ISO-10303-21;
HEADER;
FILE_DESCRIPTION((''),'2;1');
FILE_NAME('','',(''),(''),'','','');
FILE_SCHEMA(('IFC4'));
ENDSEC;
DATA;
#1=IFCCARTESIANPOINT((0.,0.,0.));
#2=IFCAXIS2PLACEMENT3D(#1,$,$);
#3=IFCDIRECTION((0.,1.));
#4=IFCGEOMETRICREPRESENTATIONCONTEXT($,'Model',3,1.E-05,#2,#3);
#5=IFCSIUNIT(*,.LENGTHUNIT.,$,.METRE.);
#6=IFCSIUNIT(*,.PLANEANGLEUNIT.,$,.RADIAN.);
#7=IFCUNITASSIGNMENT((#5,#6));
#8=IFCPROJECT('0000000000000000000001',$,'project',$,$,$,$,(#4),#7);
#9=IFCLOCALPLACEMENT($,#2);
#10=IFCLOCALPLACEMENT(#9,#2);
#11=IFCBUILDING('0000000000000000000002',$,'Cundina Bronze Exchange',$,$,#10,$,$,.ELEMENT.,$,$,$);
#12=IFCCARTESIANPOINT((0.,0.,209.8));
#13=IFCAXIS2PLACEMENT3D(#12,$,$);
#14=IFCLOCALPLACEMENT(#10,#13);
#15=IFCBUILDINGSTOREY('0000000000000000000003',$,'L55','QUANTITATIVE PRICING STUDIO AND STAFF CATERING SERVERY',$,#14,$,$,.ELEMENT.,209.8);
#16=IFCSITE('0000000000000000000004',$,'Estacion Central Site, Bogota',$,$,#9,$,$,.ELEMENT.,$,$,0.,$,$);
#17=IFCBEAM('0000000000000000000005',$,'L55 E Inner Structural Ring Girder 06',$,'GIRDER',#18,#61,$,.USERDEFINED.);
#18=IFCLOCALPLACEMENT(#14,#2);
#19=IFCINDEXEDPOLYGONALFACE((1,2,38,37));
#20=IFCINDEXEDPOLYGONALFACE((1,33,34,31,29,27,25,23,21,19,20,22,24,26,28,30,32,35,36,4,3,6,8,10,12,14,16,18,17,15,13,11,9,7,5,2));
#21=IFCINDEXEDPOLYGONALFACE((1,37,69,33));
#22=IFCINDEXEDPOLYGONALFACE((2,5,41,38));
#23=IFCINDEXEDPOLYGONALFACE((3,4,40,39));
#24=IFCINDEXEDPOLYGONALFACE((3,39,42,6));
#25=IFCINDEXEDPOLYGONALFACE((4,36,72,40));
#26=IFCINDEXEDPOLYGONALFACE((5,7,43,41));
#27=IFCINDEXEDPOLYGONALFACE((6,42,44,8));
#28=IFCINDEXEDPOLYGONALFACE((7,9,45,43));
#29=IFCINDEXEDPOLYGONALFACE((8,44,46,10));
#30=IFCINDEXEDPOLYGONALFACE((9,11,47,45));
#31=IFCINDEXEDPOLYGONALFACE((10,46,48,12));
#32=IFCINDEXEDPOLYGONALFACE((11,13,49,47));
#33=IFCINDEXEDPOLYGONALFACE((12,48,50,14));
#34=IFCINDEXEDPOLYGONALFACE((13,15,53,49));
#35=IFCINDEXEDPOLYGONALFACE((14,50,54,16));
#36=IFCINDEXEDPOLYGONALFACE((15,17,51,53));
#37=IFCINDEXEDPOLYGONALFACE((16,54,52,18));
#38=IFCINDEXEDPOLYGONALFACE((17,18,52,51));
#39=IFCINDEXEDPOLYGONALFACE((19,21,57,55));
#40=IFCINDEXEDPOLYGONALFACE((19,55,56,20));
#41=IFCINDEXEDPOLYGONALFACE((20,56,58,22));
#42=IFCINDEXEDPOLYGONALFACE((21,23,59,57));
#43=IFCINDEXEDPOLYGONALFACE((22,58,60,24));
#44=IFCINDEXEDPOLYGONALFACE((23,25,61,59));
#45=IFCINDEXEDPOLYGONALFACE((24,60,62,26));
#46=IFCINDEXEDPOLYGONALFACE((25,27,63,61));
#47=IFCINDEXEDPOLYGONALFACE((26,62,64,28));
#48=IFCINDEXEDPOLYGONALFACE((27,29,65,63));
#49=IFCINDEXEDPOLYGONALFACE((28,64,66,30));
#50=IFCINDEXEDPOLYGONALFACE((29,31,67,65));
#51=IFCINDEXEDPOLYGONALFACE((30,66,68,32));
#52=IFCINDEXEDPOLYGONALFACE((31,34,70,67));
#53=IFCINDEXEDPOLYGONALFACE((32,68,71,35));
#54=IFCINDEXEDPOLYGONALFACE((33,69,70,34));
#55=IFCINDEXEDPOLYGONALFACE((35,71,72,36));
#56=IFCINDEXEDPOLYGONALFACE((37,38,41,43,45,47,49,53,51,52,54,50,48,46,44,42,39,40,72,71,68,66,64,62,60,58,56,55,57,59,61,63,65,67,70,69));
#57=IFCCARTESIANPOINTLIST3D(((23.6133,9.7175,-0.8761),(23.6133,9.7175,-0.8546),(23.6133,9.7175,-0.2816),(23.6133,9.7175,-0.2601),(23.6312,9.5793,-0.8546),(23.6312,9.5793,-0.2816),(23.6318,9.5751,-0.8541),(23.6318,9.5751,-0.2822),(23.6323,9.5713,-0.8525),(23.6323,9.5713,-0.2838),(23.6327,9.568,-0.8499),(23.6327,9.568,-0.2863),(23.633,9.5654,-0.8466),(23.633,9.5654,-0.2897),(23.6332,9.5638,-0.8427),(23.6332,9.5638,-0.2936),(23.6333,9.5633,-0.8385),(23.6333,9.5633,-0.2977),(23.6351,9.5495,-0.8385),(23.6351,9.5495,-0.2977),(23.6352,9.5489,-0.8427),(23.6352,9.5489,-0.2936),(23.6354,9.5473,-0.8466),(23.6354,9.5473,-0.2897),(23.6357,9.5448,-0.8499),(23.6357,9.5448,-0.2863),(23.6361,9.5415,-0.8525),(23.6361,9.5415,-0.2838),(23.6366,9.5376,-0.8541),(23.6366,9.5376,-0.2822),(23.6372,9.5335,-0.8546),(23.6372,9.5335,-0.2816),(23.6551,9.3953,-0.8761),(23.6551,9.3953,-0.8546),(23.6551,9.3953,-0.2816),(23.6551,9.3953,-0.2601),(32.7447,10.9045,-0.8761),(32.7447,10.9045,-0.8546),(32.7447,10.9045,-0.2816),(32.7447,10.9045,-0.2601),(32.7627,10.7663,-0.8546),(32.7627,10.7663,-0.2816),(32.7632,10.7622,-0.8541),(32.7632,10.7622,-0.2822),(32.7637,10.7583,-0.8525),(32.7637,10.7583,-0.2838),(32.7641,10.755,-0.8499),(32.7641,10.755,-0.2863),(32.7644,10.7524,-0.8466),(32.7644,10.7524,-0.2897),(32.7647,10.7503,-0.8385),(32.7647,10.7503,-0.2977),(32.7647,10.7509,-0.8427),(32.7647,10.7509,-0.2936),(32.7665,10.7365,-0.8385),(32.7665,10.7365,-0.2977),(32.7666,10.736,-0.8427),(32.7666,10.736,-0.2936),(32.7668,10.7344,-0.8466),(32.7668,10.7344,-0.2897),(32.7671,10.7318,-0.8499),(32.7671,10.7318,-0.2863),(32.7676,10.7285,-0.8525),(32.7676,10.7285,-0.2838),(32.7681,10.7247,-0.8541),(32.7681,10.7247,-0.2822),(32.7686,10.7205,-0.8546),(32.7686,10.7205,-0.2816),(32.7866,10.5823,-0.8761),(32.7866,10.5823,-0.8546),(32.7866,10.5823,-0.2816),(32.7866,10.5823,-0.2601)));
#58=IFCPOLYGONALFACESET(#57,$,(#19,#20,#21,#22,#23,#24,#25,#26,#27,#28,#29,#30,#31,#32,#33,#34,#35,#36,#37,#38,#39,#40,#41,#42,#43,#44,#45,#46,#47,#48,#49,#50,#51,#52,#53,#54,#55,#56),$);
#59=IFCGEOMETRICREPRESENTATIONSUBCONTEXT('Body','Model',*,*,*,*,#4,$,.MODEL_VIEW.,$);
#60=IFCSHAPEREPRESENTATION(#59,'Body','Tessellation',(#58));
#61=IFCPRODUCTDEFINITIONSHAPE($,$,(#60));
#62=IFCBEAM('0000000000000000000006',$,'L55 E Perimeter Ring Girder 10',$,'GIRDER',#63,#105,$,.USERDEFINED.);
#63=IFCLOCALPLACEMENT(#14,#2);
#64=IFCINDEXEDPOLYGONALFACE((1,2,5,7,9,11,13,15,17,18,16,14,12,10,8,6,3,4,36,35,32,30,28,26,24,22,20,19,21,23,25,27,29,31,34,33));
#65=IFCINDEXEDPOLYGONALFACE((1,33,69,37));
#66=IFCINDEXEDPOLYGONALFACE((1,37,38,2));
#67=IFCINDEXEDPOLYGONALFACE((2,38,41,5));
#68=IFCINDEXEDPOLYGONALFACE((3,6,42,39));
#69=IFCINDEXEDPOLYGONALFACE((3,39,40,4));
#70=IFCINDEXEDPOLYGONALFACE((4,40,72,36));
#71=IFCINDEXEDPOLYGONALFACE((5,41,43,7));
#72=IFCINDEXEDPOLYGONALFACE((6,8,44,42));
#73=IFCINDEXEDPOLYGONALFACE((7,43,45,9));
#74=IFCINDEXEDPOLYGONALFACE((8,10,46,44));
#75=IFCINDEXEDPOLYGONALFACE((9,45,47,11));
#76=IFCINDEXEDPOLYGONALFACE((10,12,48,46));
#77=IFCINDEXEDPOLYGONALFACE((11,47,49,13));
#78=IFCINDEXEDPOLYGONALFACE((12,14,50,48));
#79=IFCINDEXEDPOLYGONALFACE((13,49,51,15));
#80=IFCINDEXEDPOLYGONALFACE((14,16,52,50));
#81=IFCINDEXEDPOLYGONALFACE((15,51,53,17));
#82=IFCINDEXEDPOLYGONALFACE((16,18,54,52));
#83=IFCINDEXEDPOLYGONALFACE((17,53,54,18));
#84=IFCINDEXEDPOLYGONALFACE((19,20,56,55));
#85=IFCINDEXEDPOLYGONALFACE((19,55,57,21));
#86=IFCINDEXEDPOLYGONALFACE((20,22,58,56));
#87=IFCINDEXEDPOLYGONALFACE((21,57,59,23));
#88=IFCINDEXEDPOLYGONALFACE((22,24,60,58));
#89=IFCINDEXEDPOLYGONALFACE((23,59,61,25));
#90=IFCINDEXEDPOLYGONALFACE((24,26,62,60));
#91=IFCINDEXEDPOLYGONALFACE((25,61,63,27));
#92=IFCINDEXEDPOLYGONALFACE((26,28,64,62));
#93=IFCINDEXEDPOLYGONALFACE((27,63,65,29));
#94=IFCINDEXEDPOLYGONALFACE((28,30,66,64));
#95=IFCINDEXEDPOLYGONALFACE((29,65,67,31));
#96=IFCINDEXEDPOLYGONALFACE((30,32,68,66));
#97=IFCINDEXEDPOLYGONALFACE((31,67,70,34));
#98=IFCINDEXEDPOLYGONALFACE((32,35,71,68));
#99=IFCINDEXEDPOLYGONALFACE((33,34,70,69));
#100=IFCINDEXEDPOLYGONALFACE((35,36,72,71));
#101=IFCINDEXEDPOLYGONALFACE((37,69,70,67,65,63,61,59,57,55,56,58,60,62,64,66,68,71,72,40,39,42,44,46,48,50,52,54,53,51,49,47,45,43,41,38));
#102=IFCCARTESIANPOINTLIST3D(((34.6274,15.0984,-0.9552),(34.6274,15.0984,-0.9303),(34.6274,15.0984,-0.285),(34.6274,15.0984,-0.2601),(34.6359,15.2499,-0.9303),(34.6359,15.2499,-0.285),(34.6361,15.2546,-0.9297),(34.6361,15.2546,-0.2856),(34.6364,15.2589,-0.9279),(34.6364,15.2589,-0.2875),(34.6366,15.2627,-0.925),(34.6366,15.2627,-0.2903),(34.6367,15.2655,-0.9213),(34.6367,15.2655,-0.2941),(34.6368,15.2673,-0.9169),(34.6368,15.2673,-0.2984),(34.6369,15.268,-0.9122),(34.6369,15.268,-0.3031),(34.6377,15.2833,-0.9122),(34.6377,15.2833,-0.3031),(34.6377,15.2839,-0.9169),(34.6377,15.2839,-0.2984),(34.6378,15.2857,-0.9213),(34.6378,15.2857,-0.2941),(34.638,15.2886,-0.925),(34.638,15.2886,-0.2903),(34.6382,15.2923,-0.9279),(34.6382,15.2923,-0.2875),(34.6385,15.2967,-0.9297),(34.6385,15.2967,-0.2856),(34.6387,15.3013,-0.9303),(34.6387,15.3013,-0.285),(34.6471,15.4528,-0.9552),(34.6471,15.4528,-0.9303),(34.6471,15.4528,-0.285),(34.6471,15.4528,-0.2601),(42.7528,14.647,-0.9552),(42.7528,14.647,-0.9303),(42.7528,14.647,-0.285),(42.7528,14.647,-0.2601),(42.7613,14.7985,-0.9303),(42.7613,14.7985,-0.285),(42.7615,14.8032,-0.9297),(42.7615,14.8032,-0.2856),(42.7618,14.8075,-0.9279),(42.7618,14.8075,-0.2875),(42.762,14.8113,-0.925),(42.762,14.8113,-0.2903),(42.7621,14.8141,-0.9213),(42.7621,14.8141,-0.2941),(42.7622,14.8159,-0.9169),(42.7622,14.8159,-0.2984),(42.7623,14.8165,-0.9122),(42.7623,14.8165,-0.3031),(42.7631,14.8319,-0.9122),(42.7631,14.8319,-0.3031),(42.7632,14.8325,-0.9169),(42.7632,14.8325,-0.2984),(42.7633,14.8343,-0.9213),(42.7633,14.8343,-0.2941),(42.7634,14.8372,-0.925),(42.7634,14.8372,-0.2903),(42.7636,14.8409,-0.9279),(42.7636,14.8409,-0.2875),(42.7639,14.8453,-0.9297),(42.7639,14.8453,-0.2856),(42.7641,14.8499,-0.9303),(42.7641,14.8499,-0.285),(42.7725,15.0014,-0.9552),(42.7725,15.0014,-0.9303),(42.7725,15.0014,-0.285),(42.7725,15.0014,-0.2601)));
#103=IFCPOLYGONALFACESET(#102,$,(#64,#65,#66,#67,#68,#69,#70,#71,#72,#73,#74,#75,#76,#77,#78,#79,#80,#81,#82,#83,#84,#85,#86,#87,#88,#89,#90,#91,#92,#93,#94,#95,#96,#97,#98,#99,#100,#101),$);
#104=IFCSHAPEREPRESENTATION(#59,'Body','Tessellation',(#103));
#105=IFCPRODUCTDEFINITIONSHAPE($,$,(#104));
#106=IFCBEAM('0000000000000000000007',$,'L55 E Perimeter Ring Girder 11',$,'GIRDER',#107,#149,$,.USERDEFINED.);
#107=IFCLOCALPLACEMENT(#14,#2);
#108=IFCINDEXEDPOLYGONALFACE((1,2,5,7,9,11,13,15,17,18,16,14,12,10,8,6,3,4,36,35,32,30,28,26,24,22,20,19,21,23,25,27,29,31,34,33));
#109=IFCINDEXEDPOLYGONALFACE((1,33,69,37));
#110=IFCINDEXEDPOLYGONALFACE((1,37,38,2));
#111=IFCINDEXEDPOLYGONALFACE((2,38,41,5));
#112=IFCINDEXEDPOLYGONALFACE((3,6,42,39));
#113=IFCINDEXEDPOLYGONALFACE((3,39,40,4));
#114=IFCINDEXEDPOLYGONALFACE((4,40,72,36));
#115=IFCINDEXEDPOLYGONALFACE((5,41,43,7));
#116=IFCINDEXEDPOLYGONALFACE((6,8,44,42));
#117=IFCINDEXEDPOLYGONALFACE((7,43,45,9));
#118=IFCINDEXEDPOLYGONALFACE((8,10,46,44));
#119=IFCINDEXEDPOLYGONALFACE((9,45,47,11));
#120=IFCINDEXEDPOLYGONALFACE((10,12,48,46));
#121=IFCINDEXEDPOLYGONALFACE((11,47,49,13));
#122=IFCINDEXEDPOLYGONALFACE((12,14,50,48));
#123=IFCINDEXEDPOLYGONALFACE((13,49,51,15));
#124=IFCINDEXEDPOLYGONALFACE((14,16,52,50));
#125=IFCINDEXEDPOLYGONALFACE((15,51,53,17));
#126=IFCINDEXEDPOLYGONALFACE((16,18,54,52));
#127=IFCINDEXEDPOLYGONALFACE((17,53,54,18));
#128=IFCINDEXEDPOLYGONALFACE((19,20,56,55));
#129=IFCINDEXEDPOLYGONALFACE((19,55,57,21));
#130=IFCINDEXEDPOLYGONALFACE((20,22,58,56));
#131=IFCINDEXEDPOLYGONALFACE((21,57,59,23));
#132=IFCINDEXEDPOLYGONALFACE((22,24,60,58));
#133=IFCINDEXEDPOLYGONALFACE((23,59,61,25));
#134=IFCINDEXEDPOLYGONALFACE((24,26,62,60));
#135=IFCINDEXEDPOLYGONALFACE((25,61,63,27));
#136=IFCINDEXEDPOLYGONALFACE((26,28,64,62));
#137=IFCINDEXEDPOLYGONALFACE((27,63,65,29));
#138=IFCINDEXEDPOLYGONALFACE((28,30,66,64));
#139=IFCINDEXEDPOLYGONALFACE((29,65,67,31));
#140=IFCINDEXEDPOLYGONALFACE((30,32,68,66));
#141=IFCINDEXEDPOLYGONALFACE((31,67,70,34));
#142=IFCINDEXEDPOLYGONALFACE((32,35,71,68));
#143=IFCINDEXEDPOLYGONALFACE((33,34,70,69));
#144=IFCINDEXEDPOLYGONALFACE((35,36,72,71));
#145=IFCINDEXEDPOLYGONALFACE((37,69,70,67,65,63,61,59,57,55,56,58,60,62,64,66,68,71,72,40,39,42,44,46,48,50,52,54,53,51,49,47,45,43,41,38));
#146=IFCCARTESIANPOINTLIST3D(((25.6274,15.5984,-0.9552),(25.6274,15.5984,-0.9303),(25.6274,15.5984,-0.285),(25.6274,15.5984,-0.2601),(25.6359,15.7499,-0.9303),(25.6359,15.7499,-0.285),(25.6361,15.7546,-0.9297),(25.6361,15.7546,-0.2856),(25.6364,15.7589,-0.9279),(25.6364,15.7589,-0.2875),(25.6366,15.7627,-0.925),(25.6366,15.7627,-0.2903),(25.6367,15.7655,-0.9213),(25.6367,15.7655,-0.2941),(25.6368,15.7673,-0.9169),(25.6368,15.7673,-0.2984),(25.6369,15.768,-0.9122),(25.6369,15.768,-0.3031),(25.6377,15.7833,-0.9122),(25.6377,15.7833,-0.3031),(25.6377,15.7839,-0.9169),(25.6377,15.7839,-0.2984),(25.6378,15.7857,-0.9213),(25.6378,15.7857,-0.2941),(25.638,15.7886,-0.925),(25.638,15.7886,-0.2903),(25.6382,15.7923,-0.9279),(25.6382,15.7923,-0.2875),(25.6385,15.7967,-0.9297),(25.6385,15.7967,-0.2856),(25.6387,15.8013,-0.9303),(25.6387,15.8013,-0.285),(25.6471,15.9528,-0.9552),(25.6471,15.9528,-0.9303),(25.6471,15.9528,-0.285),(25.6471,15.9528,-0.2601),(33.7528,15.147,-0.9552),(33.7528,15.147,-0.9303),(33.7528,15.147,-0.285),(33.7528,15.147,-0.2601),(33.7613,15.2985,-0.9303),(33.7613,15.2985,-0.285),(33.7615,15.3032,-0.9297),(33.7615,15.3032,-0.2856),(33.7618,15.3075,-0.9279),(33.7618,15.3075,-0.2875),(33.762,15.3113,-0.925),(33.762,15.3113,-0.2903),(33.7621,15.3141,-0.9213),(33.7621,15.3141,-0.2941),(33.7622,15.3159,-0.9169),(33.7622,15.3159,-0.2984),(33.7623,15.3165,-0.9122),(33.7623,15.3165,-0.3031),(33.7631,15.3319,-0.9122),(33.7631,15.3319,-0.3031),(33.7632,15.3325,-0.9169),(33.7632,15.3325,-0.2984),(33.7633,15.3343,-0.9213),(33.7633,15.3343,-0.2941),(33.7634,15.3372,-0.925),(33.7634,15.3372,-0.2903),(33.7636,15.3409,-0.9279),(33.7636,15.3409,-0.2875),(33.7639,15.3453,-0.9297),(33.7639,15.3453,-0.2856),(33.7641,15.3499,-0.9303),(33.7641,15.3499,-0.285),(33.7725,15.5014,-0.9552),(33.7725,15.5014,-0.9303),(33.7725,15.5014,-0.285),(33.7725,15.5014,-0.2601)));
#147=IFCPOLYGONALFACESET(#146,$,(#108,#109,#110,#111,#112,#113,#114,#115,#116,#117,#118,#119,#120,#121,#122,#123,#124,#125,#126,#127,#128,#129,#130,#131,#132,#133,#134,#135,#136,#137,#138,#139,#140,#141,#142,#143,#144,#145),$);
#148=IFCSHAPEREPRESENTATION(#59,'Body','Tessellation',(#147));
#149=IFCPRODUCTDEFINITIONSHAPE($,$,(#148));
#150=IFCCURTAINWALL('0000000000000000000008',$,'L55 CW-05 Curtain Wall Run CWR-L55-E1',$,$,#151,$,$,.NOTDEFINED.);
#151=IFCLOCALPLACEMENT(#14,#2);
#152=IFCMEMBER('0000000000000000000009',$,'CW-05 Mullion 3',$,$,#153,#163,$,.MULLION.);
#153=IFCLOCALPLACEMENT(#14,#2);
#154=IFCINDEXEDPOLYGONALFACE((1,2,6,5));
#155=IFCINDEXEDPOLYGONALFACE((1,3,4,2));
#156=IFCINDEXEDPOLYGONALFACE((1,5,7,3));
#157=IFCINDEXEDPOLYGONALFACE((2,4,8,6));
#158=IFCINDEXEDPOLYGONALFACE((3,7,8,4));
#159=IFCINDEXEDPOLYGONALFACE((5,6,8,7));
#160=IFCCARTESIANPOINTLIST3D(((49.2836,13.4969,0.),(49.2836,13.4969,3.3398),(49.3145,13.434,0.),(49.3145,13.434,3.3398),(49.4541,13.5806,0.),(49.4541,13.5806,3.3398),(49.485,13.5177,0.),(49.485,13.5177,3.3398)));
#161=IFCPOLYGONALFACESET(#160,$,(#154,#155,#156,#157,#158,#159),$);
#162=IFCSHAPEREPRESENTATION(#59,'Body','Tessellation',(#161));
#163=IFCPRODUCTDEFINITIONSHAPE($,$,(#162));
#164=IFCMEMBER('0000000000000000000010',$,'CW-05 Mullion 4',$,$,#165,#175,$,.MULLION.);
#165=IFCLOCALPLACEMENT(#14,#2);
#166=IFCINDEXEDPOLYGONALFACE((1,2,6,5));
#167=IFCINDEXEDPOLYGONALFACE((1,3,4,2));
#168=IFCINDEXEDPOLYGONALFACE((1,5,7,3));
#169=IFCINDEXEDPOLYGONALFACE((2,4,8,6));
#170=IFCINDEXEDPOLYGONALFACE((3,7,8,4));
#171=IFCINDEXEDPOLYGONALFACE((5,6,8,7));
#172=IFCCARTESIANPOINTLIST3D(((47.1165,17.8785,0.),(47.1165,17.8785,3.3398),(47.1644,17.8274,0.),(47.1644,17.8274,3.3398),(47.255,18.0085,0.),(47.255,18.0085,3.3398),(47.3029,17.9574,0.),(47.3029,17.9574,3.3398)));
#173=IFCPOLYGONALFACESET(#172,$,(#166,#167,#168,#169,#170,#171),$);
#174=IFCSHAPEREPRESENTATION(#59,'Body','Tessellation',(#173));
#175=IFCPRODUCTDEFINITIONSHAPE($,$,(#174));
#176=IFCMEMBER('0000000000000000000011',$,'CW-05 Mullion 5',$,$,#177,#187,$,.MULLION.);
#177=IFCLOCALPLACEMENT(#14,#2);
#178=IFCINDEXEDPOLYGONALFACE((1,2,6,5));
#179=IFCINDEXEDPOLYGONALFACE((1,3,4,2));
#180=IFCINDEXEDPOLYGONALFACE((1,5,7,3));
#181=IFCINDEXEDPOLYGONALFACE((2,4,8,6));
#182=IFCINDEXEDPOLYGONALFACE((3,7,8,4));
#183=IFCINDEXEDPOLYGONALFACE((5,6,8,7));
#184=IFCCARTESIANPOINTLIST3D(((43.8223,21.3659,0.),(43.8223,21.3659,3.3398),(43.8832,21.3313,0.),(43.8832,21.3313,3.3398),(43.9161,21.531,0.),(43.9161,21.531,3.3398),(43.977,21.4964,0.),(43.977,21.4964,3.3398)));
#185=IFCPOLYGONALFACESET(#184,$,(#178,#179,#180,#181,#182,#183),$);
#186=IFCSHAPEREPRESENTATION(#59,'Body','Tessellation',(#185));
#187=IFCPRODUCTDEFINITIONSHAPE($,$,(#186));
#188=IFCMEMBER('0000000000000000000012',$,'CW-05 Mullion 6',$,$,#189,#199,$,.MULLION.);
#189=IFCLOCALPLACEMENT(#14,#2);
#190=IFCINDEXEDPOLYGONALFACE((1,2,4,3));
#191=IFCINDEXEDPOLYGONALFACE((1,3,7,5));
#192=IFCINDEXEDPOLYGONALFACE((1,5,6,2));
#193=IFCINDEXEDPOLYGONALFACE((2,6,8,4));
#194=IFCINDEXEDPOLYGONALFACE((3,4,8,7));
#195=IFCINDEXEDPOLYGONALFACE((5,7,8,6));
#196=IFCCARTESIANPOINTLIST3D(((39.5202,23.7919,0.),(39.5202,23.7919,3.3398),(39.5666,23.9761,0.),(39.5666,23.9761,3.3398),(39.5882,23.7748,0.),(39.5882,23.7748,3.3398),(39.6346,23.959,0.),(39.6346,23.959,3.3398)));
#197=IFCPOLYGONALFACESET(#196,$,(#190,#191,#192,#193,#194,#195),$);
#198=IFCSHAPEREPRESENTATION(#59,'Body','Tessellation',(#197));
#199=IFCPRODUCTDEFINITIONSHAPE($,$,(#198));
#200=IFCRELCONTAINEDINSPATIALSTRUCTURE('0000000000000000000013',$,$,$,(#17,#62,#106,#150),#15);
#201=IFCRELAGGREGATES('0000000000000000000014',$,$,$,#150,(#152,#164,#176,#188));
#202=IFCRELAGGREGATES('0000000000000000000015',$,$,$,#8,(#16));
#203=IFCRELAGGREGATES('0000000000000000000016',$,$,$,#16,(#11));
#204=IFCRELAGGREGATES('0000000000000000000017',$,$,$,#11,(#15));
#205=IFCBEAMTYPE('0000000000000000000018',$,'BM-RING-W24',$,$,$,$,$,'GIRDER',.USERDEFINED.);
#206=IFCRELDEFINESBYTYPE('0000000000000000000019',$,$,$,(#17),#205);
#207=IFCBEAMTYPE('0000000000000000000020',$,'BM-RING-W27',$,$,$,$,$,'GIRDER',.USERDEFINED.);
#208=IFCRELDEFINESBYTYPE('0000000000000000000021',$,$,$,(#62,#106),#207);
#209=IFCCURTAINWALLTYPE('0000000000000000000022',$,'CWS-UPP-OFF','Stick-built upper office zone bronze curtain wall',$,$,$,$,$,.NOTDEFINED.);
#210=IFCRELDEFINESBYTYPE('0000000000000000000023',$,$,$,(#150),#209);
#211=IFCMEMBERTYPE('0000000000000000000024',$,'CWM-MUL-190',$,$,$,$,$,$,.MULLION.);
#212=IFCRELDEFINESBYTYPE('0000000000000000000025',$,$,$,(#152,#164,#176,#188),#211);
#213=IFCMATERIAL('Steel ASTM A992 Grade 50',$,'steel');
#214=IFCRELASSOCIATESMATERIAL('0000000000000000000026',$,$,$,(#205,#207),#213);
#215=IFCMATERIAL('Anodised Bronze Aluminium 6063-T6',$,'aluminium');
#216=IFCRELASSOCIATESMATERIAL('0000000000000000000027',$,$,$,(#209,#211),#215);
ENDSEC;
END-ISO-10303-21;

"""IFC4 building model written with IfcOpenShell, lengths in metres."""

from ifc_helpers import new_model, si_unit, direction, frame, origin, origin_2d, place, context, subcontext, project, spatial, rectangle, i_section, extrude, material, material_profile, profile_set, type_object, element, aggregate, save


model = new_model("IFC4")

# Units and contexts
model_context = context("Model", 3, precision=1e-05, world=origin(), true_north=direction((0.0, 1.0)))
body_context = subcontext(model_context, "Body", "Model", "MODEL_VIEW")
ifc_project = project(units=[si_unit("LENGTHUNIT", "METRE"), si_unit("PLANEANGLEUNIT", "RADIAN")], contexts=[model_context])

# Site, building, storey
site_placement = place(None, origin())
site = spatial("IfcSite", under=ifc_project, at=site_placement, Name="Estacion Central Site, Bogota", CompositionType="ELEMENT", RefElevation=0.0)
building_placement = place(site_placement, origin())
building = spatial("IfcBuilding", under=site, at=building_placement, Name="Cundina Bronze Exchange", CompositionType="ELEMENT")
storey_placement = place(building_placement, frame((0.0, 0.0, 209.8)))
storey = spatial("IfcBuildingStorey", under=building, at=storey_placement, Name="L55", Description="QUANTITATIVE PRICING STUDIO AND STAFF CATERING SERVERY", CompositionType="ELEMENT", Elevation=209.8)

# Beams
ifc_material_1 = material(Name="Steel ASTM A992 Grade 50", Category="steel")
ifc_material_profile_1 = material_profile(ifc_material_1, i_section(OverallWidth=0.325, OverallDepth=0.616, WebThickness=0.0139, FlangeThickness=0.0215, FilletRadius=0.0161, at=origin_2d()), Name="W24X117", Category="steel")
ifc_profile_set_1 = profile_set([ifc_material_profile_1], Name="Steel ASTM A992 Grade 50")
beam_type_1 = type_object("IfcBeamType", Name="BM-RING-W24", ElementType="GIRDER", PredefinedType="USERDEFINED", material=ifc_profile_set_1)
beam_1_placement = place(storey_placement, frame((32.7656, 10.7434, -0.5681), z_axis=(-0.991656, -0.128908, 0.0), x_axis=(0.128908, -0.991656, 0.0)))
element("IfcBeam", 1, at=beam_1_placement, inside=storey, type_object=beam_type_1, Name="L55 E Inner Structural Ring Girder 06", ObjectType="GIRDER", PredefinedType="USERDEFINED", context=body_context, shape_type="SweptSolid", body=[
    extrude(i_section(OverallWidth=0.325, OverallDepth=0.616, WebThickness=0.0139, FlangeThickness=0.0215, FilletRadius=0.0161, at=origin_2d()), origin(), (0.0, 0.0, 1.0), 9.2083),
])
ifc_material_profile_2 = material_profile(ifc_material_1, i_section(OverallWidth=0.355, OverallDepth=0.6951, WebThickness=0.0154, FlangeThickness=0.0249, FilletRadius=0.0181, at=origin_2d()), Name="W27X146", Category="steel")
ifc_profile_set_2 = profile_set([ifc_material_profile_2], Name="Steel ASTM A992 Grade 50")
beam_type_2 = type_object("IfcBeamType", Name="BM-RING-W27", ElementType="GIRDER", PredefinedType="USERDEFINED", material=ifc_profile_set_2)
for number, where, z_axis, x_axis, name in (
    (2, (42.7627, 14.8242, -0.6077), (-0.99846, 0.05547, 0.0), (-0.05547, -0.99846, 0.0), "L55 E Perimeter Ring Girder 10"),
    (3, (33.7627, 15.3242, -0.6077), (-0.99846, 0.05547, 0.0), (-0.05547, -0.99846, 0.0), "L55 E Perimeter Ring Girder 11"),
):
    element("IfcBeam", number, at=place(storey_placement, frame(where, z_axis=z_axis, x_axis=x_axis)), inside=storey, type_object=beam_type_2, Name=name, ObjectType="GIRDER", PredefinedType="USERDEFINED", context=body_context, shape_type="SweptSolid", body=[
        extrude(i_section(OverallWidth=0.355, OverallDepth=0.6951, WebThickness=0.0154, FlangeThickness=0.0249, FilletRadius=0.0181, at=origin_2d()), origin(), (0.0, 0.0, 1.0), 8.1379),
    ])

# Curtain wall, members
ifc_material_2 = material(Name="Anodised Bronze Aluminium 6063-T6", Category="aluminium")
curtain_wall_type = type_object("IfcCurtainWallType", Name="CWS-UPP-OFF", Description="Stick-built upper office zone bronze curtain wall", PredefinedType="NOTDEFINED", material=ifc_material_2)
curtain_wall_1_placement = place(storey_placement, origin())
curtain_wall_1 = element("IfcCurtainWall", 4, at=curtain_wall_1_placement, inside=storey, type_object=curtain_wall_type, Name="L55 CW-05 Curtain Wall Run CWR-L55-E1", PredefinedType="NOTDEFINED")
ifc_material_profile_3 = material_profile(ifc_material_2, rectangle(XDim=0.0701, YDim=0.1899, at=origin_2d()), Name="AL70X190", Category="aluminium")
ifc_profile_set_3 = profile_set([ifc_material_profile_3], Name="Anodised Bronze Aluminium 6063-T6")
member_type_1 = type_object("IfcMemberType", Name="CWM-MUL-190", PredefinedType="MULLION", material=ifc_profile_set_3)
member_1_placement = place(storey_placement, frame((49.3843, 13.5073, 0.0), z_axis=(0.0, 0.0, 1.0), x_axis=(-0.440566, 0.89772, 0.0)))
member_1 = element("IfcMember", 5, at=member_1_placement, type_object=member_type_1, Name="CW-05 Mullion 3", PredefinedType="MULLION", context=body_context, shape_type="SweptSolid", body=[
    extrude(rectangle(XDim=0.0701, YDim=0.1899, at=origin_2d()), origin(), (0.0, 0.0, 1.0), 3.3398),
])
member_2_placement = place(storey_placement, frame((47.2097, 17.918, 0.0), z_axis=(0.0, 0.0, 1.0), x_axis=(-0.684293, 0.729208, 0.0)))
member_2 = element("IfcMember", 6, at=member_2_placement, type_object=member_type_1, Name="CW-05 Mullion 4", PredefinedType="MULLION", context=body_context, shape_type="SweptSolid", body=[
    extrude(rectangle(XDim=0.0701, YDim=0.1899, at=origin_2d()), origin(), (0.0, 0.0, 1.0), 3.3398),
])
member_3_placement = place(storey_placement, frame((43.8997, 21.4312, 0.0), z_axis=(0.0, 0.0, 1.0), x_axis=(-0.869581, 0.49379, 0.0)))
member_3 = element("IfcMember", 7, at=member_3_placement, type_object=member_type_1, Name="CW-05 Mullion 5", PredefinedType="MULLION", context=body_context, shape_type="SweptSolid", body=[
    extrude(rectangle(XDim=0.0701, YDim=0.1899, at=origin_2d()), origin(), (0.0, 0.0, 1.0), 3.3398),
])
member_4_placement = place(storey_placement, frame((39.5774, 23.8755, 0.0), z_axis=(0.0, 0.0, 1.0), x_axis=(-0.969744, 0.244123, 0.0)))
member_4 = element("IfcMember", 8, at=member_4_placement, type_object=member_type_1, Name="CW-05 Mullion 6", PredefinedType="MULLION", context=body_context, shape_type="SweptSolid", body=[
    extrude(rectangle(XDim=0.0701, YDim=0.1899, at=origin_2d()), origin(), (0.0, 0.0, 1.0), 3.3398),
])

aggregate(curtain_wall_1, [member_1, member_2, member_3, member_4])

save(model, "model.ifc")
